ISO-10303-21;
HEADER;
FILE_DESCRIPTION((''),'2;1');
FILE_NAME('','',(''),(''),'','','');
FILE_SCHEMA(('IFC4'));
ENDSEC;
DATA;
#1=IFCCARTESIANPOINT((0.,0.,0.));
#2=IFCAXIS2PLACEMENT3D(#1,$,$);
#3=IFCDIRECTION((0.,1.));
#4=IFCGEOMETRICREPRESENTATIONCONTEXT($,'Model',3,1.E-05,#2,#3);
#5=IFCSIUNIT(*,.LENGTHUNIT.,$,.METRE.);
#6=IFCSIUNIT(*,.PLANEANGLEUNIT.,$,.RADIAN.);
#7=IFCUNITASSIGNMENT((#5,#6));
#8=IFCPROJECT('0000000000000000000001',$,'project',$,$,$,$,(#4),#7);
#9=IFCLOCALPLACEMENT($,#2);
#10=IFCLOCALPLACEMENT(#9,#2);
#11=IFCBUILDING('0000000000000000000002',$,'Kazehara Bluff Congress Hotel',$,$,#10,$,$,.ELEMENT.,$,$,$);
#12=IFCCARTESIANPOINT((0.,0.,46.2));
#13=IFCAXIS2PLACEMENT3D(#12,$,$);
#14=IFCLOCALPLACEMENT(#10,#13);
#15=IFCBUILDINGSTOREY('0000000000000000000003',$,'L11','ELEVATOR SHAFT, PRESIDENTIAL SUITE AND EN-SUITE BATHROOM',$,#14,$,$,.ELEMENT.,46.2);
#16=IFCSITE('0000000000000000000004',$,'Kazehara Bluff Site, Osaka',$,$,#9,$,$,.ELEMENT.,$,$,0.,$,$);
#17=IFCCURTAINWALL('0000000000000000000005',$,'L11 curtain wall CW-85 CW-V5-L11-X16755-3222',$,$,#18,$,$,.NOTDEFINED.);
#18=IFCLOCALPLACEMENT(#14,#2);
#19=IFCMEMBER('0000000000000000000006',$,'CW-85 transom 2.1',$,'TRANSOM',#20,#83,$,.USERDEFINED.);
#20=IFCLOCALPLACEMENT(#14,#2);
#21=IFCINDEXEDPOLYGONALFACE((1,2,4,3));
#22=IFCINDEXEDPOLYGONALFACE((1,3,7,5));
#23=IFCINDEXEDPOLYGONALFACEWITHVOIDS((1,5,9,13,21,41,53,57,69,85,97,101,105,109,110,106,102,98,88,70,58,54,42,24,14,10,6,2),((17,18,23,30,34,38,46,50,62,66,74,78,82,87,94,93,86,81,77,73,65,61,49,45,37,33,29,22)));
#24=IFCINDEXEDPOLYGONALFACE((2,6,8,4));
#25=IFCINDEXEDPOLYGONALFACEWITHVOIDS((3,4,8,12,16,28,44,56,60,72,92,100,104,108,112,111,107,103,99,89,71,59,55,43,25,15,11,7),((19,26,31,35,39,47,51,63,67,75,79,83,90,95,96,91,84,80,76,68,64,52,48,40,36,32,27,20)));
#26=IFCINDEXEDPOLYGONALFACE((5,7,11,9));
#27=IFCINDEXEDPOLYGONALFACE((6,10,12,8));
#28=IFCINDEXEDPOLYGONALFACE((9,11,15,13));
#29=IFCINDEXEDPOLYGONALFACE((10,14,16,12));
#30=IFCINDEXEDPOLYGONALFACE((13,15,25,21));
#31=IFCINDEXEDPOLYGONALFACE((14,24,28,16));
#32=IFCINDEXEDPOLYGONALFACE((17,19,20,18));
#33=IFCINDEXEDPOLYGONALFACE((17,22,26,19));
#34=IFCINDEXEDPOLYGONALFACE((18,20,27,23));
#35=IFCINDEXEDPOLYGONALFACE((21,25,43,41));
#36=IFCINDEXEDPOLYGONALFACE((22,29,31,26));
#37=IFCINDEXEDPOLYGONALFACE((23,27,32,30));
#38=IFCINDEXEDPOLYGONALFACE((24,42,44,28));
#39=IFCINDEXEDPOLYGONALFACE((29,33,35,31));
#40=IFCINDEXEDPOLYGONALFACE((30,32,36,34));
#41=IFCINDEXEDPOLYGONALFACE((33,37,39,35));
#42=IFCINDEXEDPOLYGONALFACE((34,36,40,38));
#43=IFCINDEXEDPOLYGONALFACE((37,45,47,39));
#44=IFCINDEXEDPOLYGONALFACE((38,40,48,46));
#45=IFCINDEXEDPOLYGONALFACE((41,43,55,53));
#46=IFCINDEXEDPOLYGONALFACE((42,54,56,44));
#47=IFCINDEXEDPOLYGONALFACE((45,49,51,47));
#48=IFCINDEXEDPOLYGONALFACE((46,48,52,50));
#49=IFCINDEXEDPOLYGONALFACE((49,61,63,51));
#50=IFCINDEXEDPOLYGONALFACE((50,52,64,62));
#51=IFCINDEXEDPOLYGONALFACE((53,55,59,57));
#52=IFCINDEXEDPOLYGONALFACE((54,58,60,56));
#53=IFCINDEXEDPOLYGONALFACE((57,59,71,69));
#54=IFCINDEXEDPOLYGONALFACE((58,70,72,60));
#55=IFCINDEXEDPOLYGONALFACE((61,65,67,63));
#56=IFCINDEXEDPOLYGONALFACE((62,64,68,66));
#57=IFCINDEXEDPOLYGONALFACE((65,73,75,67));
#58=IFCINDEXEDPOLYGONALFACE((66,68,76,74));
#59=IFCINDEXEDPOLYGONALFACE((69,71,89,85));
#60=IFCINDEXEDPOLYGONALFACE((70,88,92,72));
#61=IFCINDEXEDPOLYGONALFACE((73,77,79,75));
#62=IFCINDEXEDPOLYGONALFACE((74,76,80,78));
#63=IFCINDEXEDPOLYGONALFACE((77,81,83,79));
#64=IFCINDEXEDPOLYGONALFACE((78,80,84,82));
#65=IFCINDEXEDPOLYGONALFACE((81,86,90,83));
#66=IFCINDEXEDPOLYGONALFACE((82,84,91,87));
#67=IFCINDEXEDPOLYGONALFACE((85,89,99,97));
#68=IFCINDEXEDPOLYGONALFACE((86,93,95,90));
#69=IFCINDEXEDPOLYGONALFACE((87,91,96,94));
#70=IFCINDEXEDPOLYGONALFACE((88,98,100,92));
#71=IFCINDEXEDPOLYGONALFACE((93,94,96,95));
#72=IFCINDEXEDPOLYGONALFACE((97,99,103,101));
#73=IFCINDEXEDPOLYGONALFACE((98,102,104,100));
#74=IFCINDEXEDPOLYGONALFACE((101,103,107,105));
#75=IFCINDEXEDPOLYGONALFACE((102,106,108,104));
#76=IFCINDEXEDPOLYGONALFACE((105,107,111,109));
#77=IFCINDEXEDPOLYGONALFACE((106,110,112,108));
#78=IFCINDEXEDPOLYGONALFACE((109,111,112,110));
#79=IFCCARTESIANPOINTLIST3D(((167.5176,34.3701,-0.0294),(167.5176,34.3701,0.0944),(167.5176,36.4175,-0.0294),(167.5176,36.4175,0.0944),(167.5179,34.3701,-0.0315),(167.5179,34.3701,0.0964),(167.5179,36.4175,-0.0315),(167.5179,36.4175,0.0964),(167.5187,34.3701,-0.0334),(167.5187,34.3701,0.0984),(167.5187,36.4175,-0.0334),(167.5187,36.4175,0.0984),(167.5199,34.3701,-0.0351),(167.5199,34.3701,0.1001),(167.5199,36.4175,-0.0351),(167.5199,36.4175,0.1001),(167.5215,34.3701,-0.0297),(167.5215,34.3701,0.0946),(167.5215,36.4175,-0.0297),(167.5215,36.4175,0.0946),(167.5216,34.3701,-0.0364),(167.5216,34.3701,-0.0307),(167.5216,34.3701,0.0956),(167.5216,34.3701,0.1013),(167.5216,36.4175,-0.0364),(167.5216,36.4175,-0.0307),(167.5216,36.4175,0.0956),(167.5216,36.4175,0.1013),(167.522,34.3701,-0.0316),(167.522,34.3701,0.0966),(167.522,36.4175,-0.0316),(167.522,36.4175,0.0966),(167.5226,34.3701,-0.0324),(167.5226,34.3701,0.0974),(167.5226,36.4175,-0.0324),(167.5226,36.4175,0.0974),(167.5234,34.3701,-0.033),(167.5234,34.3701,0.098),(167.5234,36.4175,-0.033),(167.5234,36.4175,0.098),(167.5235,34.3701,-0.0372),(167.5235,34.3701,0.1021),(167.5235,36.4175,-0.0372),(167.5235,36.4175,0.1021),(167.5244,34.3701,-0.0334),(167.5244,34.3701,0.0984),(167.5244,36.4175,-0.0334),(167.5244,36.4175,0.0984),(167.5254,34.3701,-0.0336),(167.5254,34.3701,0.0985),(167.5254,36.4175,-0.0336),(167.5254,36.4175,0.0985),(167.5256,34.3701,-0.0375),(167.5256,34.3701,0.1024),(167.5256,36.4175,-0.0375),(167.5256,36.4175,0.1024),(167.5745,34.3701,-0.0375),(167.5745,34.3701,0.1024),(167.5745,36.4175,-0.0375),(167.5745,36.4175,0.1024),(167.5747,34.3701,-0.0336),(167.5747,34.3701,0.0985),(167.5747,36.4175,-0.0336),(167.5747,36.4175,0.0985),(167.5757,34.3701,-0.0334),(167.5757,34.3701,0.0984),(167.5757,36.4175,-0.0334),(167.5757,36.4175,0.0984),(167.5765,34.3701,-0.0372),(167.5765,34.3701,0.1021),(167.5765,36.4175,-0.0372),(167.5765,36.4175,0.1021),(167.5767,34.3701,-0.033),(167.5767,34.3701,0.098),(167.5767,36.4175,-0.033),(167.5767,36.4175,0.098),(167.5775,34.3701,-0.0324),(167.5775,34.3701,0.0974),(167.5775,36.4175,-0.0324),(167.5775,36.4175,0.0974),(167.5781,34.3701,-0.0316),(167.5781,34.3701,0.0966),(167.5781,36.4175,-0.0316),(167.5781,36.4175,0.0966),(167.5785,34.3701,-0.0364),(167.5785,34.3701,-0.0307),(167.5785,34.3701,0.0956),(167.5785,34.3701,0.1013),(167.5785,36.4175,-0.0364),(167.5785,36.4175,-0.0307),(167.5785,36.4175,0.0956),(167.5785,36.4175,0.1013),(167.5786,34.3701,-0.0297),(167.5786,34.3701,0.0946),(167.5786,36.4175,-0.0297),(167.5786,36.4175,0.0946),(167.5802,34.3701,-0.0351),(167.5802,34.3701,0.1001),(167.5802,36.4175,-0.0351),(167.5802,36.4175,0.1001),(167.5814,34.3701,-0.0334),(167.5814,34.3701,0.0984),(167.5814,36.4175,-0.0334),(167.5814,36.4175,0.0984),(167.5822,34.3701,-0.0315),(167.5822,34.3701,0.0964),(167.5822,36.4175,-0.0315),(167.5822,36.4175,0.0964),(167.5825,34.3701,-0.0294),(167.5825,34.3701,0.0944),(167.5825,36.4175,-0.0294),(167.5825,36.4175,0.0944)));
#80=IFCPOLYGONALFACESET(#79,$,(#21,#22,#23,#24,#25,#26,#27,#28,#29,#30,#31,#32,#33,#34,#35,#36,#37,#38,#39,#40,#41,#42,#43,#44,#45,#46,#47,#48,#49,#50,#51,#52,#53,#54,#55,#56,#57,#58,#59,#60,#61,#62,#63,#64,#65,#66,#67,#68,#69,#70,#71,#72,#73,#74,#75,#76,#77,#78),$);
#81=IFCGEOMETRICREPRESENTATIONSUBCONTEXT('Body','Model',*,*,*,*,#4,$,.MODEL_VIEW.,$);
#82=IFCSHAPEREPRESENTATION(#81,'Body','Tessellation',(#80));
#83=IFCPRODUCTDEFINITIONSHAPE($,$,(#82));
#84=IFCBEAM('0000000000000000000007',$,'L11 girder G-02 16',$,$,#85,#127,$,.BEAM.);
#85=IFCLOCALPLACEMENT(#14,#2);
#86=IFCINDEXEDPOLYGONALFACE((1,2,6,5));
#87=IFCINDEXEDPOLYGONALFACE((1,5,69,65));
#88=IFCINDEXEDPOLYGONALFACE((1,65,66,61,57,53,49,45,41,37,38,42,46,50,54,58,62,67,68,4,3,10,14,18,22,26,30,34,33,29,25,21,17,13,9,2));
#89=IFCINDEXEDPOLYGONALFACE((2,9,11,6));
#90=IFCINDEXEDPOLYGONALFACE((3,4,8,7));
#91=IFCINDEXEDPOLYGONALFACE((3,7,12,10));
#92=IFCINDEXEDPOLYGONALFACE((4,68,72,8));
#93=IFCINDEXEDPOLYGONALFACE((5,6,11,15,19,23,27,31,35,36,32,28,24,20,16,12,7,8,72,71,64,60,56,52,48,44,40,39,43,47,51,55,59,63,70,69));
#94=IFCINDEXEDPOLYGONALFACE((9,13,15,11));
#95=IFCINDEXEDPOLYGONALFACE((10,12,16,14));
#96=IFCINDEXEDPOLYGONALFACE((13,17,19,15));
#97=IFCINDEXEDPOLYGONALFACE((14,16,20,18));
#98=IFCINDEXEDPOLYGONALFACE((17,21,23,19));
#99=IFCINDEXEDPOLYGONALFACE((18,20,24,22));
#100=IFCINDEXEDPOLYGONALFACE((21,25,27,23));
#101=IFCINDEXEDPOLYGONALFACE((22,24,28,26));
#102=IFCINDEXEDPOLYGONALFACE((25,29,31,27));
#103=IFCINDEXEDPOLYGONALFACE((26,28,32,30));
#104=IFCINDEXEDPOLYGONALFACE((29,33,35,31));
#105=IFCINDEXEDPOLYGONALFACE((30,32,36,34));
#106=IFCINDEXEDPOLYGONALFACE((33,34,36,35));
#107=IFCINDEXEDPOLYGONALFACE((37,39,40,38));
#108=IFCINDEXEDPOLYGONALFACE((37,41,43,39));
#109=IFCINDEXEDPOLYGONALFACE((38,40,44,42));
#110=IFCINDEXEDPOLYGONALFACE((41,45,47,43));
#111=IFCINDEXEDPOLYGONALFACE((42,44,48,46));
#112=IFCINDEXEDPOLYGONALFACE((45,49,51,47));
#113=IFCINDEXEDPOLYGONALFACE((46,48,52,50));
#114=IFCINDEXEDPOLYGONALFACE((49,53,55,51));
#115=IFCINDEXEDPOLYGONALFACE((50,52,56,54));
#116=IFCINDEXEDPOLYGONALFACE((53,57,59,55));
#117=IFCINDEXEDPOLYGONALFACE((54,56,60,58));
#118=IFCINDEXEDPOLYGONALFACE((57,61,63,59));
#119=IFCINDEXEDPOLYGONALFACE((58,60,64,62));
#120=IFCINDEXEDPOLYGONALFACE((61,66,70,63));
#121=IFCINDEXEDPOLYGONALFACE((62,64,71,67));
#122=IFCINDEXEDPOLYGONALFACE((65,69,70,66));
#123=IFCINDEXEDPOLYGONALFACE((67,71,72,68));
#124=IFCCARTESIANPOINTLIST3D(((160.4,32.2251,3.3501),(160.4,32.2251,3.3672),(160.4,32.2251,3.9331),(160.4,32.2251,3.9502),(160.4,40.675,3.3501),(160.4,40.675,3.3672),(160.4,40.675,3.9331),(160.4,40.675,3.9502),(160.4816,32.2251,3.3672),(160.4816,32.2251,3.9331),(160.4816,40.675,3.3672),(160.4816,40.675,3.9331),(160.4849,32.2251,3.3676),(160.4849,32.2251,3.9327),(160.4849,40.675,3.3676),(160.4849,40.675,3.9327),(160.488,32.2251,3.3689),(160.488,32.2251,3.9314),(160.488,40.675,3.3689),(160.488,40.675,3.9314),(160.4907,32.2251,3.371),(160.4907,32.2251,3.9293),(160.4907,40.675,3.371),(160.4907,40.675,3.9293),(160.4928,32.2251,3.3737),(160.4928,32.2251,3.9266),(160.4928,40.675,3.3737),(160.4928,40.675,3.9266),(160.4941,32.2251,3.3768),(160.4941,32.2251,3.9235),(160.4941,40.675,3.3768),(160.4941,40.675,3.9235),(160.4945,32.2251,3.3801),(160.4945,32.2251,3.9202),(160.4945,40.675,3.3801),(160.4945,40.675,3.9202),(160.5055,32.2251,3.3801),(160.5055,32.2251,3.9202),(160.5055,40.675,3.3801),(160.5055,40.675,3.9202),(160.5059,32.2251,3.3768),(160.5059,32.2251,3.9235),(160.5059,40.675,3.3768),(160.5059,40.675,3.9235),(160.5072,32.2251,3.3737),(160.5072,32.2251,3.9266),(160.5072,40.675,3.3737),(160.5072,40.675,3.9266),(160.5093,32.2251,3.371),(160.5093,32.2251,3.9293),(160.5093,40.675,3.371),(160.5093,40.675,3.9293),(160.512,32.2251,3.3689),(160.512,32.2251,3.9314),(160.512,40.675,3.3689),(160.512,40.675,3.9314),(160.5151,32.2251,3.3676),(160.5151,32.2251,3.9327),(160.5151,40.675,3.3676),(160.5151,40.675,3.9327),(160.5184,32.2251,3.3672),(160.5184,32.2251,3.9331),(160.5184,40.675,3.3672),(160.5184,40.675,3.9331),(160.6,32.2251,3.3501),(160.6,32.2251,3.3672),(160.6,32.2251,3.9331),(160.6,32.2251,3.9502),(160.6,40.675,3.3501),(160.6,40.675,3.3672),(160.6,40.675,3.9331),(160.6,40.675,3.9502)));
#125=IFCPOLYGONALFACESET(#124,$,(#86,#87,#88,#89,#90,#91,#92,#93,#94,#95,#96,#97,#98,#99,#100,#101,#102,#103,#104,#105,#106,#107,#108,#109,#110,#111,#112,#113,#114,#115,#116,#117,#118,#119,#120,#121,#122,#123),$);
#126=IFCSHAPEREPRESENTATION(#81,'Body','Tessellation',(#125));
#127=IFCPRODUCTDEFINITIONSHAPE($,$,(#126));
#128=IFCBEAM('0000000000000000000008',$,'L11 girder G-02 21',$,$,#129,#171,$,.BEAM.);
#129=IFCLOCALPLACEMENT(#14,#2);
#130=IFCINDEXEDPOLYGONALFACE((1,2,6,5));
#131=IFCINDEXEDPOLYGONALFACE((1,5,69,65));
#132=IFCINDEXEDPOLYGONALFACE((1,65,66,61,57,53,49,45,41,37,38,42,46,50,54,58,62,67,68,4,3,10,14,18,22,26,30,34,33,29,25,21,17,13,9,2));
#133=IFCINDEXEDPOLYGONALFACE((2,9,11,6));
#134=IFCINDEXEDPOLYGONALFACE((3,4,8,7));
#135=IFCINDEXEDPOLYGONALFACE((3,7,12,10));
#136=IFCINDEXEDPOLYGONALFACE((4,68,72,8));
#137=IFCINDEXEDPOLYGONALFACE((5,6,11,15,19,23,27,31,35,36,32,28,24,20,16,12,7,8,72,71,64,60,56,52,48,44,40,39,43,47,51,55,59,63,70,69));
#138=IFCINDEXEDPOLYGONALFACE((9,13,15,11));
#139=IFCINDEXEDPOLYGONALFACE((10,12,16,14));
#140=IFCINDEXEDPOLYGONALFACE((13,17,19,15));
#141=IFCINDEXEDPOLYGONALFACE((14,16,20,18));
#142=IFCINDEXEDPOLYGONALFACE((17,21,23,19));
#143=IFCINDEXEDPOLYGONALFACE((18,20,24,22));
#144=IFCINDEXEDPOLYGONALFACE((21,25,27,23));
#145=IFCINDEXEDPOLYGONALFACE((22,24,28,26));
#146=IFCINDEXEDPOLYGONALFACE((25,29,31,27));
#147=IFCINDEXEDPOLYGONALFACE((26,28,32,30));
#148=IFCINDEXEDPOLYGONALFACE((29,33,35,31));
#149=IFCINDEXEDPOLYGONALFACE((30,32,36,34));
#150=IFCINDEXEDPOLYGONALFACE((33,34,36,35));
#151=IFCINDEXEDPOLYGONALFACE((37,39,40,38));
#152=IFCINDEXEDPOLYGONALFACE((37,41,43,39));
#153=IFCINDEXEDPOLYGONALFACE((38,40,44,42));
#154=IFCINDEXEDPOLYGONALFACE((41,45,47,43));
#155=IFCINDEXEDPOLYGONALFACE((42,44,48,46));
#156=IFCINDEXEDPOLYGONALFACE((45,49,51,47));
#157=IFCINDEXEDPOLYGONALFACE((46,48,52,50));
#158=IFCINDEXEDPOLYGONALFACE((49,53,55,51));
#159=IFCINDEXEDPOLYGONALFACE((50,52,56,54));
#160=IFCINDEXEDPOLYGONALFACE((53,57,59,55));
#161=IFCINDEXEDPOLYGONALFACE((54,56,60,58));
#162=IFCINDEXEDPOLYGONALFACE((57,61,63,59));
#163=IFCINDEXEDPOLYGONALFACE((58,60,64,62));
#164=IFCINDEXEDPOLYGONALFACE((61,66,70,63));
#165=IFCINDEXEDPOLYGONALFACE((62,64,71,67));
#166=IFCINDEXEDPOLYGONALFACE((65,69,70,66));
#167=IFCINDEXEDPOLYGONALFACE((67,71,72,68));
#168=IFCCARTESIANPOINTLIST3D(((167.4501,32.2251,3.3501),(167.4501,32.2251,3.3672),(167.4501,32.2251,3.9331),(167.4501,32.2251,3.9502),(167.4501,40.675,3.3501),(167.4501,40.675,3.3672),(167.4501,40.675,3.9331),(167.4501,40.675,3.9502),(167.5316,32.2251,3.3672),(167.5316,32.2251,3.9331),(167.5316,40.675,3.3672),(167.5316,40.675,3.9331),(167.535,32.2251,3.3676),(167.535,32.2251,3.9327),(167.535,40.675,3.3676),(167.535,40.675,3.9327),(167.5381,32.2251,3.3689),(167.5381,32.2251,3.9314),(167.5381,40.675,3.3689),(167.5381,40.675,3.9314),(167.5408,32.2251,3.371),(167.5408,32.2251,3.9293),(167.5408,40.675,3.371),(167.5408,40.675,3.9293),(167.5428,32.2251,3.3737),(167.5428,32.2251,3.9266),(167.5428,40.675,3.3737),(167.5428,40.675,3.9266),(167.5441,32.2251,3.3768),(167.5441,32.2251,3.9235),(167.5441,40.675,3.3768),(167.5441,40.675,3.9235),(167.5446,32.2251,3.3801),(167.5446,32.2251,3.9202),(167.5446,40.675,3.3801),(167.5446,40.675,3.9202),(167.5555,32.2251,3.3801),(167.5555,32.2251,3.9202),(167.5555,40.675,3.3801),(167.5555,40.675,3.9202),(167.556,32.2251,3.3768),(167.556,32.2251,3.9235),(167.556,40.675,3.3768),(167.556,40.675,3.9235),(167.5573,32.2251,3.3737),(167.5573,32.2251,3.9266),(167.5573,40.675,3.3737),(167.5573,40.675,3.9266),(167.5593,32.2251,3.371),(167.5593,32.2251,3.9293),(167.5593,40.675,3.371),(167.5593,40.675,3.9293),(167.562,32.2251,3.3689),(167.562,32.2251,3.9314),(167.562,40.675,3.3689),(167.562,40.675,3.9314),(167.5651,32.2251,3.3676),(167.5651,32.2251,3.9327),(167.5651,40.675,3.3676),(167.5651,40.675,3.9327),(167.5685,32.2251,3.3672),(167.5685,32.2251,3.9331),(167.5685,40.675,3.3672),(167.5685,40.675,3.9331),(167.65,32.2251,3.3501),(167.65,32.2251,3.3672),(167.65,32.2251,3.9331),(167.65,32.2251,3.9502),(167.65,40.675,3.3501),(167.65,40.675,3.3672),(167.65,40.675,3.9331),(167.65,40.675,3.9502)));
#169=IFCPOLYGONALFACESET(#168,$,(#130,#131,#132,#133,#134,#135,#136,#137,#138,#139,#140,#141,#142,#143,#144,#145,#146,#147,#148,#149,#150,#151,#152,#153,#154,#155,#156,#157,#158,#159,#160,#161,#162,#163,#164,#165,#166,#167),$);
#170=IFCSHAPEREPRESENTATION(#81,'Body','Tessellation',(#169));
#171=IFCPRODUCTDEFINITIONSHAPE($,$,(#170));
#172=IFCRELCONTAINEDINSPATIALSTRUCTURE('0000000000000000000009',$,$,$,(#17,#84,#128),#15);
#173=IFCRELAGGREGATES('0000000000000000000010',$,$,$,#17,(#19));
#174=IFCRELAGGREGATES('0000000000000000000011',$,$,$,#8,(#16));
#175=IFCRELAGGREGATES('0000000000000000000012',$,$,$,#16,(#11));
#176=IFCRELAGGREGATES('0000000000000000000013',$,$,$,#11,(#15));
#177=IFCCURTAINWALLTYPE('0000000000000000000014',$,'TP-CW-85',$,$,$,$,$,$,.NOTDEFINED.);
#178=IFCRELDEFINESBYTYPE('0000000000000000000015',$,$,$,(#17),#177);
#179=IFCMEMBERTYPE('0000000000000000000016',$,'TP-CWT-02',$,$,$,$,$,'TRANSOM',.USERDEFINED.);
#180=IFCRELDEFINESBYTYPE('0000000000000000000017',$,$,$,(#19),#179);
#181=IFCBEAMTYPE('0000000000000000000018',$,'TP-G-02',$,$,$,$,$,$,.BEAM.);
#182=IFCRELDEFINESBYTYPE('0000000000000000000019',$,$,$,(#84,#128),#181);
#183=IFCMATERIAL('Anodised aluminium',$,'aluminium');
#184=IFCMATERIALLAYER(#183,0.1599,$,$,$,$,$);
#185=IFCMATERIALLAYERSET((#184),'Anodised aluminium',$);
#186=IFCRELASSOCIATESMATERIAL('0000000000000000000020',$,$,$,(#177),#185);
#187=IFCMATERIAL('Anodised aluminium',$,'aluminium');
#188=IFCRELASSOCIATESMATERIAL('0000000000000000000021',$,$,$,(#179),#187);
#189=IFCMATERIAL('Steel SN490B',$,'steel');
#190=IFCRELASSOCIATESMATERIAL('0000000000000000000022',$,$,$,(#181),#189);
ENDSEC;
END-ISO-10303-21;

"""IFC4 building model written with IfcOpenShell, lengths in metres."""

from ifc_helpers import new_model, si_unit, direction, frame, origin, origin_2d, place, context, subcontext, project, spatial, hollow_rectangle, i_section, extrude, material, layer, layer_set, material_profile, profile_set, type_object, element, aggregate, save


model = new_model("IFC4")

# Units and contexts
model_context = context("Model", 3, precision=1e-05, world=origin(), true_north=direction((0.0, 1.0)))
body_context = subcontext(model_context, "Body", "Model", "MODEL_VIEW")
ifc_project = project(units=[si_unit("LENGTHUNIT", "METRE"), si_unit("PLANEANGLEUNIT", "RADIAN")], contexts=[model_context])

# Site, building, storey
site_placement = place(None, origin())
site = spatial("IfcSite", under=ifc_project, at=site_placement, Name="Kazehara Bluff Site, Osaka", CompositionType="ELEMENT", RefElevation=0.0)
building_placement = place(site_placement, origin())
building = spatial("IfcBuilding", under=site, at=building_placement, Name="Kazehara Bluff Congress Hotel", CompositionType="ELEMENT")
storey_placement = place(building_placement, frame((0.0, 0.0, 46.2)))
storey = spatial("IfcBuildingStorey", under=building, at=storey_placement, Name="L11", Description="ELEVATOR SHAFT, PRESIDENTIAL SUITE AND EN-SUITE BATHROOM", CompositionType="ELEMENT", Elevation=46.2)

# Curtain wall
ifc_material_1 = material(Name="Anodised aluminium", Category="aluminium")
ifc_layer_1 = layer(ifc_material_1, 0.1599)
ifc_layer_set_1 = layer_set([ifc_layer_1], Name="Anodised aluminium")
curtain_wall_type_1 = type_object("IfcCurtainWallType", Name="TP-CW-85", PredefinedType="NOTDEFINED", material=ifc_layer_set_1)
curtain_wall_1_placement = place(storey_placement, origin())
curtain_wall_1 = element("IfcCurtainWall", 1, at=curtain_wall_1_placement, inside=storey, type_object=curtain_wall_type_1, Name="L11 curtain wall CW-85 CW-V5-L11-X16755-3222", PredefinedType="NOTDEFINED")

# Member
ifc_material_2 = material(Name="Anodised aluminium", Category="aluminium")
ifc_material_profile_1 = material_profile(ifc_material_2, hollow_rectangle(XDim=0.0649, YDim=0.1399, WallThickness=0.0039, InnerFilletRadius=0.0039, OuterFilletRadius=0.0081, at=origin_2d()))
ifc_profile_set_1 = profile_set([ifc_material_profile_1], Name="Anodised aluminium")
member_type_1 = type_object("IfcMemberType", Name="TP-CWT-02", ElementType="TRANSOM", PredefinedType="USERDEFINED", material=ifc_profile_set_1)
member_1_placement = place(storey_placement, frame((167.55, 34.3701, 0.0325), z_axis=(0.0, 1.0, 0.0), x_axis=(-1.0, 0.0, 0.0)))
member_1 = element("IfcMember", 2, at=member_1_placement, type_object=member_type_1, Name="CW-85 transom 2.1", ObjectType="TRANSOM", PredefinedType="USERDEFINED", context=body_context, shape_type="SweptSolid", body=[
    extrude(hollow_rectangle(XDim=0.0649, YDim=0.1399, WallThickness=0.0039, InnerFilletRadius=0.0039, OuterFilletRadius=0.0081, at=origin_2d()), origin(), (0.0, 0.0, 1.0), 2.0474),
])

# Beams
ifc_material_3 = material(Name="Steel SN490B", Category="steel")
ifc_material_profile_2 = material_profile(ifc_material_3, i_section(OverallWidth=0.2, OverallDepth=0.6001, WebThickness=0.011, FlangeThickness=0.0171, FilletRadius=0.0129, at=origin_2d()))
ifc_profile_set_2 = profile_set([ifc_material_profile_2], Name="Steel SN490B")
beam_type_1 = type_object("IfcBeamType", Name="TP-G-02", PredefinedType="BEAM", material=ifc_profile_set_2)
for number, where, z_axis, x_axis, name in (
    (3, (160.5, 32.2251, 3.6501), (0.0, 1.0, 0.0), (-1.0, 0.0, 0.0), "L11 girder G-02 16"),
    (4, (167.55, 32.2251, 3.6501), (0.0, 1.0, 0.0), (-1.0, 0.0, 0.0), "L11 girder G-02 21"),
):
    element("IfcBeam", number, at=place(storey_placement, frame(where, z_axis=z_axis, x_axis=x_axis)), inside=storey, type_object=beam_type_1, Name=name, PredefinedType="BEAM", context=body_context, shape_type="SweptSolid", body=[
        extrude(i_section(OverallWidth=0.2, OverallDepth=0.6001, WebThickness=0.011, FlangeThickness=0.0171, FilletRadius=0.0129, at=origin_2d()), origin(), (0.0, 0.0, 1.0), 8.45),
    ])

aggregate(curtain_wall_1, [member_1])

save(model, "model.ifc")
